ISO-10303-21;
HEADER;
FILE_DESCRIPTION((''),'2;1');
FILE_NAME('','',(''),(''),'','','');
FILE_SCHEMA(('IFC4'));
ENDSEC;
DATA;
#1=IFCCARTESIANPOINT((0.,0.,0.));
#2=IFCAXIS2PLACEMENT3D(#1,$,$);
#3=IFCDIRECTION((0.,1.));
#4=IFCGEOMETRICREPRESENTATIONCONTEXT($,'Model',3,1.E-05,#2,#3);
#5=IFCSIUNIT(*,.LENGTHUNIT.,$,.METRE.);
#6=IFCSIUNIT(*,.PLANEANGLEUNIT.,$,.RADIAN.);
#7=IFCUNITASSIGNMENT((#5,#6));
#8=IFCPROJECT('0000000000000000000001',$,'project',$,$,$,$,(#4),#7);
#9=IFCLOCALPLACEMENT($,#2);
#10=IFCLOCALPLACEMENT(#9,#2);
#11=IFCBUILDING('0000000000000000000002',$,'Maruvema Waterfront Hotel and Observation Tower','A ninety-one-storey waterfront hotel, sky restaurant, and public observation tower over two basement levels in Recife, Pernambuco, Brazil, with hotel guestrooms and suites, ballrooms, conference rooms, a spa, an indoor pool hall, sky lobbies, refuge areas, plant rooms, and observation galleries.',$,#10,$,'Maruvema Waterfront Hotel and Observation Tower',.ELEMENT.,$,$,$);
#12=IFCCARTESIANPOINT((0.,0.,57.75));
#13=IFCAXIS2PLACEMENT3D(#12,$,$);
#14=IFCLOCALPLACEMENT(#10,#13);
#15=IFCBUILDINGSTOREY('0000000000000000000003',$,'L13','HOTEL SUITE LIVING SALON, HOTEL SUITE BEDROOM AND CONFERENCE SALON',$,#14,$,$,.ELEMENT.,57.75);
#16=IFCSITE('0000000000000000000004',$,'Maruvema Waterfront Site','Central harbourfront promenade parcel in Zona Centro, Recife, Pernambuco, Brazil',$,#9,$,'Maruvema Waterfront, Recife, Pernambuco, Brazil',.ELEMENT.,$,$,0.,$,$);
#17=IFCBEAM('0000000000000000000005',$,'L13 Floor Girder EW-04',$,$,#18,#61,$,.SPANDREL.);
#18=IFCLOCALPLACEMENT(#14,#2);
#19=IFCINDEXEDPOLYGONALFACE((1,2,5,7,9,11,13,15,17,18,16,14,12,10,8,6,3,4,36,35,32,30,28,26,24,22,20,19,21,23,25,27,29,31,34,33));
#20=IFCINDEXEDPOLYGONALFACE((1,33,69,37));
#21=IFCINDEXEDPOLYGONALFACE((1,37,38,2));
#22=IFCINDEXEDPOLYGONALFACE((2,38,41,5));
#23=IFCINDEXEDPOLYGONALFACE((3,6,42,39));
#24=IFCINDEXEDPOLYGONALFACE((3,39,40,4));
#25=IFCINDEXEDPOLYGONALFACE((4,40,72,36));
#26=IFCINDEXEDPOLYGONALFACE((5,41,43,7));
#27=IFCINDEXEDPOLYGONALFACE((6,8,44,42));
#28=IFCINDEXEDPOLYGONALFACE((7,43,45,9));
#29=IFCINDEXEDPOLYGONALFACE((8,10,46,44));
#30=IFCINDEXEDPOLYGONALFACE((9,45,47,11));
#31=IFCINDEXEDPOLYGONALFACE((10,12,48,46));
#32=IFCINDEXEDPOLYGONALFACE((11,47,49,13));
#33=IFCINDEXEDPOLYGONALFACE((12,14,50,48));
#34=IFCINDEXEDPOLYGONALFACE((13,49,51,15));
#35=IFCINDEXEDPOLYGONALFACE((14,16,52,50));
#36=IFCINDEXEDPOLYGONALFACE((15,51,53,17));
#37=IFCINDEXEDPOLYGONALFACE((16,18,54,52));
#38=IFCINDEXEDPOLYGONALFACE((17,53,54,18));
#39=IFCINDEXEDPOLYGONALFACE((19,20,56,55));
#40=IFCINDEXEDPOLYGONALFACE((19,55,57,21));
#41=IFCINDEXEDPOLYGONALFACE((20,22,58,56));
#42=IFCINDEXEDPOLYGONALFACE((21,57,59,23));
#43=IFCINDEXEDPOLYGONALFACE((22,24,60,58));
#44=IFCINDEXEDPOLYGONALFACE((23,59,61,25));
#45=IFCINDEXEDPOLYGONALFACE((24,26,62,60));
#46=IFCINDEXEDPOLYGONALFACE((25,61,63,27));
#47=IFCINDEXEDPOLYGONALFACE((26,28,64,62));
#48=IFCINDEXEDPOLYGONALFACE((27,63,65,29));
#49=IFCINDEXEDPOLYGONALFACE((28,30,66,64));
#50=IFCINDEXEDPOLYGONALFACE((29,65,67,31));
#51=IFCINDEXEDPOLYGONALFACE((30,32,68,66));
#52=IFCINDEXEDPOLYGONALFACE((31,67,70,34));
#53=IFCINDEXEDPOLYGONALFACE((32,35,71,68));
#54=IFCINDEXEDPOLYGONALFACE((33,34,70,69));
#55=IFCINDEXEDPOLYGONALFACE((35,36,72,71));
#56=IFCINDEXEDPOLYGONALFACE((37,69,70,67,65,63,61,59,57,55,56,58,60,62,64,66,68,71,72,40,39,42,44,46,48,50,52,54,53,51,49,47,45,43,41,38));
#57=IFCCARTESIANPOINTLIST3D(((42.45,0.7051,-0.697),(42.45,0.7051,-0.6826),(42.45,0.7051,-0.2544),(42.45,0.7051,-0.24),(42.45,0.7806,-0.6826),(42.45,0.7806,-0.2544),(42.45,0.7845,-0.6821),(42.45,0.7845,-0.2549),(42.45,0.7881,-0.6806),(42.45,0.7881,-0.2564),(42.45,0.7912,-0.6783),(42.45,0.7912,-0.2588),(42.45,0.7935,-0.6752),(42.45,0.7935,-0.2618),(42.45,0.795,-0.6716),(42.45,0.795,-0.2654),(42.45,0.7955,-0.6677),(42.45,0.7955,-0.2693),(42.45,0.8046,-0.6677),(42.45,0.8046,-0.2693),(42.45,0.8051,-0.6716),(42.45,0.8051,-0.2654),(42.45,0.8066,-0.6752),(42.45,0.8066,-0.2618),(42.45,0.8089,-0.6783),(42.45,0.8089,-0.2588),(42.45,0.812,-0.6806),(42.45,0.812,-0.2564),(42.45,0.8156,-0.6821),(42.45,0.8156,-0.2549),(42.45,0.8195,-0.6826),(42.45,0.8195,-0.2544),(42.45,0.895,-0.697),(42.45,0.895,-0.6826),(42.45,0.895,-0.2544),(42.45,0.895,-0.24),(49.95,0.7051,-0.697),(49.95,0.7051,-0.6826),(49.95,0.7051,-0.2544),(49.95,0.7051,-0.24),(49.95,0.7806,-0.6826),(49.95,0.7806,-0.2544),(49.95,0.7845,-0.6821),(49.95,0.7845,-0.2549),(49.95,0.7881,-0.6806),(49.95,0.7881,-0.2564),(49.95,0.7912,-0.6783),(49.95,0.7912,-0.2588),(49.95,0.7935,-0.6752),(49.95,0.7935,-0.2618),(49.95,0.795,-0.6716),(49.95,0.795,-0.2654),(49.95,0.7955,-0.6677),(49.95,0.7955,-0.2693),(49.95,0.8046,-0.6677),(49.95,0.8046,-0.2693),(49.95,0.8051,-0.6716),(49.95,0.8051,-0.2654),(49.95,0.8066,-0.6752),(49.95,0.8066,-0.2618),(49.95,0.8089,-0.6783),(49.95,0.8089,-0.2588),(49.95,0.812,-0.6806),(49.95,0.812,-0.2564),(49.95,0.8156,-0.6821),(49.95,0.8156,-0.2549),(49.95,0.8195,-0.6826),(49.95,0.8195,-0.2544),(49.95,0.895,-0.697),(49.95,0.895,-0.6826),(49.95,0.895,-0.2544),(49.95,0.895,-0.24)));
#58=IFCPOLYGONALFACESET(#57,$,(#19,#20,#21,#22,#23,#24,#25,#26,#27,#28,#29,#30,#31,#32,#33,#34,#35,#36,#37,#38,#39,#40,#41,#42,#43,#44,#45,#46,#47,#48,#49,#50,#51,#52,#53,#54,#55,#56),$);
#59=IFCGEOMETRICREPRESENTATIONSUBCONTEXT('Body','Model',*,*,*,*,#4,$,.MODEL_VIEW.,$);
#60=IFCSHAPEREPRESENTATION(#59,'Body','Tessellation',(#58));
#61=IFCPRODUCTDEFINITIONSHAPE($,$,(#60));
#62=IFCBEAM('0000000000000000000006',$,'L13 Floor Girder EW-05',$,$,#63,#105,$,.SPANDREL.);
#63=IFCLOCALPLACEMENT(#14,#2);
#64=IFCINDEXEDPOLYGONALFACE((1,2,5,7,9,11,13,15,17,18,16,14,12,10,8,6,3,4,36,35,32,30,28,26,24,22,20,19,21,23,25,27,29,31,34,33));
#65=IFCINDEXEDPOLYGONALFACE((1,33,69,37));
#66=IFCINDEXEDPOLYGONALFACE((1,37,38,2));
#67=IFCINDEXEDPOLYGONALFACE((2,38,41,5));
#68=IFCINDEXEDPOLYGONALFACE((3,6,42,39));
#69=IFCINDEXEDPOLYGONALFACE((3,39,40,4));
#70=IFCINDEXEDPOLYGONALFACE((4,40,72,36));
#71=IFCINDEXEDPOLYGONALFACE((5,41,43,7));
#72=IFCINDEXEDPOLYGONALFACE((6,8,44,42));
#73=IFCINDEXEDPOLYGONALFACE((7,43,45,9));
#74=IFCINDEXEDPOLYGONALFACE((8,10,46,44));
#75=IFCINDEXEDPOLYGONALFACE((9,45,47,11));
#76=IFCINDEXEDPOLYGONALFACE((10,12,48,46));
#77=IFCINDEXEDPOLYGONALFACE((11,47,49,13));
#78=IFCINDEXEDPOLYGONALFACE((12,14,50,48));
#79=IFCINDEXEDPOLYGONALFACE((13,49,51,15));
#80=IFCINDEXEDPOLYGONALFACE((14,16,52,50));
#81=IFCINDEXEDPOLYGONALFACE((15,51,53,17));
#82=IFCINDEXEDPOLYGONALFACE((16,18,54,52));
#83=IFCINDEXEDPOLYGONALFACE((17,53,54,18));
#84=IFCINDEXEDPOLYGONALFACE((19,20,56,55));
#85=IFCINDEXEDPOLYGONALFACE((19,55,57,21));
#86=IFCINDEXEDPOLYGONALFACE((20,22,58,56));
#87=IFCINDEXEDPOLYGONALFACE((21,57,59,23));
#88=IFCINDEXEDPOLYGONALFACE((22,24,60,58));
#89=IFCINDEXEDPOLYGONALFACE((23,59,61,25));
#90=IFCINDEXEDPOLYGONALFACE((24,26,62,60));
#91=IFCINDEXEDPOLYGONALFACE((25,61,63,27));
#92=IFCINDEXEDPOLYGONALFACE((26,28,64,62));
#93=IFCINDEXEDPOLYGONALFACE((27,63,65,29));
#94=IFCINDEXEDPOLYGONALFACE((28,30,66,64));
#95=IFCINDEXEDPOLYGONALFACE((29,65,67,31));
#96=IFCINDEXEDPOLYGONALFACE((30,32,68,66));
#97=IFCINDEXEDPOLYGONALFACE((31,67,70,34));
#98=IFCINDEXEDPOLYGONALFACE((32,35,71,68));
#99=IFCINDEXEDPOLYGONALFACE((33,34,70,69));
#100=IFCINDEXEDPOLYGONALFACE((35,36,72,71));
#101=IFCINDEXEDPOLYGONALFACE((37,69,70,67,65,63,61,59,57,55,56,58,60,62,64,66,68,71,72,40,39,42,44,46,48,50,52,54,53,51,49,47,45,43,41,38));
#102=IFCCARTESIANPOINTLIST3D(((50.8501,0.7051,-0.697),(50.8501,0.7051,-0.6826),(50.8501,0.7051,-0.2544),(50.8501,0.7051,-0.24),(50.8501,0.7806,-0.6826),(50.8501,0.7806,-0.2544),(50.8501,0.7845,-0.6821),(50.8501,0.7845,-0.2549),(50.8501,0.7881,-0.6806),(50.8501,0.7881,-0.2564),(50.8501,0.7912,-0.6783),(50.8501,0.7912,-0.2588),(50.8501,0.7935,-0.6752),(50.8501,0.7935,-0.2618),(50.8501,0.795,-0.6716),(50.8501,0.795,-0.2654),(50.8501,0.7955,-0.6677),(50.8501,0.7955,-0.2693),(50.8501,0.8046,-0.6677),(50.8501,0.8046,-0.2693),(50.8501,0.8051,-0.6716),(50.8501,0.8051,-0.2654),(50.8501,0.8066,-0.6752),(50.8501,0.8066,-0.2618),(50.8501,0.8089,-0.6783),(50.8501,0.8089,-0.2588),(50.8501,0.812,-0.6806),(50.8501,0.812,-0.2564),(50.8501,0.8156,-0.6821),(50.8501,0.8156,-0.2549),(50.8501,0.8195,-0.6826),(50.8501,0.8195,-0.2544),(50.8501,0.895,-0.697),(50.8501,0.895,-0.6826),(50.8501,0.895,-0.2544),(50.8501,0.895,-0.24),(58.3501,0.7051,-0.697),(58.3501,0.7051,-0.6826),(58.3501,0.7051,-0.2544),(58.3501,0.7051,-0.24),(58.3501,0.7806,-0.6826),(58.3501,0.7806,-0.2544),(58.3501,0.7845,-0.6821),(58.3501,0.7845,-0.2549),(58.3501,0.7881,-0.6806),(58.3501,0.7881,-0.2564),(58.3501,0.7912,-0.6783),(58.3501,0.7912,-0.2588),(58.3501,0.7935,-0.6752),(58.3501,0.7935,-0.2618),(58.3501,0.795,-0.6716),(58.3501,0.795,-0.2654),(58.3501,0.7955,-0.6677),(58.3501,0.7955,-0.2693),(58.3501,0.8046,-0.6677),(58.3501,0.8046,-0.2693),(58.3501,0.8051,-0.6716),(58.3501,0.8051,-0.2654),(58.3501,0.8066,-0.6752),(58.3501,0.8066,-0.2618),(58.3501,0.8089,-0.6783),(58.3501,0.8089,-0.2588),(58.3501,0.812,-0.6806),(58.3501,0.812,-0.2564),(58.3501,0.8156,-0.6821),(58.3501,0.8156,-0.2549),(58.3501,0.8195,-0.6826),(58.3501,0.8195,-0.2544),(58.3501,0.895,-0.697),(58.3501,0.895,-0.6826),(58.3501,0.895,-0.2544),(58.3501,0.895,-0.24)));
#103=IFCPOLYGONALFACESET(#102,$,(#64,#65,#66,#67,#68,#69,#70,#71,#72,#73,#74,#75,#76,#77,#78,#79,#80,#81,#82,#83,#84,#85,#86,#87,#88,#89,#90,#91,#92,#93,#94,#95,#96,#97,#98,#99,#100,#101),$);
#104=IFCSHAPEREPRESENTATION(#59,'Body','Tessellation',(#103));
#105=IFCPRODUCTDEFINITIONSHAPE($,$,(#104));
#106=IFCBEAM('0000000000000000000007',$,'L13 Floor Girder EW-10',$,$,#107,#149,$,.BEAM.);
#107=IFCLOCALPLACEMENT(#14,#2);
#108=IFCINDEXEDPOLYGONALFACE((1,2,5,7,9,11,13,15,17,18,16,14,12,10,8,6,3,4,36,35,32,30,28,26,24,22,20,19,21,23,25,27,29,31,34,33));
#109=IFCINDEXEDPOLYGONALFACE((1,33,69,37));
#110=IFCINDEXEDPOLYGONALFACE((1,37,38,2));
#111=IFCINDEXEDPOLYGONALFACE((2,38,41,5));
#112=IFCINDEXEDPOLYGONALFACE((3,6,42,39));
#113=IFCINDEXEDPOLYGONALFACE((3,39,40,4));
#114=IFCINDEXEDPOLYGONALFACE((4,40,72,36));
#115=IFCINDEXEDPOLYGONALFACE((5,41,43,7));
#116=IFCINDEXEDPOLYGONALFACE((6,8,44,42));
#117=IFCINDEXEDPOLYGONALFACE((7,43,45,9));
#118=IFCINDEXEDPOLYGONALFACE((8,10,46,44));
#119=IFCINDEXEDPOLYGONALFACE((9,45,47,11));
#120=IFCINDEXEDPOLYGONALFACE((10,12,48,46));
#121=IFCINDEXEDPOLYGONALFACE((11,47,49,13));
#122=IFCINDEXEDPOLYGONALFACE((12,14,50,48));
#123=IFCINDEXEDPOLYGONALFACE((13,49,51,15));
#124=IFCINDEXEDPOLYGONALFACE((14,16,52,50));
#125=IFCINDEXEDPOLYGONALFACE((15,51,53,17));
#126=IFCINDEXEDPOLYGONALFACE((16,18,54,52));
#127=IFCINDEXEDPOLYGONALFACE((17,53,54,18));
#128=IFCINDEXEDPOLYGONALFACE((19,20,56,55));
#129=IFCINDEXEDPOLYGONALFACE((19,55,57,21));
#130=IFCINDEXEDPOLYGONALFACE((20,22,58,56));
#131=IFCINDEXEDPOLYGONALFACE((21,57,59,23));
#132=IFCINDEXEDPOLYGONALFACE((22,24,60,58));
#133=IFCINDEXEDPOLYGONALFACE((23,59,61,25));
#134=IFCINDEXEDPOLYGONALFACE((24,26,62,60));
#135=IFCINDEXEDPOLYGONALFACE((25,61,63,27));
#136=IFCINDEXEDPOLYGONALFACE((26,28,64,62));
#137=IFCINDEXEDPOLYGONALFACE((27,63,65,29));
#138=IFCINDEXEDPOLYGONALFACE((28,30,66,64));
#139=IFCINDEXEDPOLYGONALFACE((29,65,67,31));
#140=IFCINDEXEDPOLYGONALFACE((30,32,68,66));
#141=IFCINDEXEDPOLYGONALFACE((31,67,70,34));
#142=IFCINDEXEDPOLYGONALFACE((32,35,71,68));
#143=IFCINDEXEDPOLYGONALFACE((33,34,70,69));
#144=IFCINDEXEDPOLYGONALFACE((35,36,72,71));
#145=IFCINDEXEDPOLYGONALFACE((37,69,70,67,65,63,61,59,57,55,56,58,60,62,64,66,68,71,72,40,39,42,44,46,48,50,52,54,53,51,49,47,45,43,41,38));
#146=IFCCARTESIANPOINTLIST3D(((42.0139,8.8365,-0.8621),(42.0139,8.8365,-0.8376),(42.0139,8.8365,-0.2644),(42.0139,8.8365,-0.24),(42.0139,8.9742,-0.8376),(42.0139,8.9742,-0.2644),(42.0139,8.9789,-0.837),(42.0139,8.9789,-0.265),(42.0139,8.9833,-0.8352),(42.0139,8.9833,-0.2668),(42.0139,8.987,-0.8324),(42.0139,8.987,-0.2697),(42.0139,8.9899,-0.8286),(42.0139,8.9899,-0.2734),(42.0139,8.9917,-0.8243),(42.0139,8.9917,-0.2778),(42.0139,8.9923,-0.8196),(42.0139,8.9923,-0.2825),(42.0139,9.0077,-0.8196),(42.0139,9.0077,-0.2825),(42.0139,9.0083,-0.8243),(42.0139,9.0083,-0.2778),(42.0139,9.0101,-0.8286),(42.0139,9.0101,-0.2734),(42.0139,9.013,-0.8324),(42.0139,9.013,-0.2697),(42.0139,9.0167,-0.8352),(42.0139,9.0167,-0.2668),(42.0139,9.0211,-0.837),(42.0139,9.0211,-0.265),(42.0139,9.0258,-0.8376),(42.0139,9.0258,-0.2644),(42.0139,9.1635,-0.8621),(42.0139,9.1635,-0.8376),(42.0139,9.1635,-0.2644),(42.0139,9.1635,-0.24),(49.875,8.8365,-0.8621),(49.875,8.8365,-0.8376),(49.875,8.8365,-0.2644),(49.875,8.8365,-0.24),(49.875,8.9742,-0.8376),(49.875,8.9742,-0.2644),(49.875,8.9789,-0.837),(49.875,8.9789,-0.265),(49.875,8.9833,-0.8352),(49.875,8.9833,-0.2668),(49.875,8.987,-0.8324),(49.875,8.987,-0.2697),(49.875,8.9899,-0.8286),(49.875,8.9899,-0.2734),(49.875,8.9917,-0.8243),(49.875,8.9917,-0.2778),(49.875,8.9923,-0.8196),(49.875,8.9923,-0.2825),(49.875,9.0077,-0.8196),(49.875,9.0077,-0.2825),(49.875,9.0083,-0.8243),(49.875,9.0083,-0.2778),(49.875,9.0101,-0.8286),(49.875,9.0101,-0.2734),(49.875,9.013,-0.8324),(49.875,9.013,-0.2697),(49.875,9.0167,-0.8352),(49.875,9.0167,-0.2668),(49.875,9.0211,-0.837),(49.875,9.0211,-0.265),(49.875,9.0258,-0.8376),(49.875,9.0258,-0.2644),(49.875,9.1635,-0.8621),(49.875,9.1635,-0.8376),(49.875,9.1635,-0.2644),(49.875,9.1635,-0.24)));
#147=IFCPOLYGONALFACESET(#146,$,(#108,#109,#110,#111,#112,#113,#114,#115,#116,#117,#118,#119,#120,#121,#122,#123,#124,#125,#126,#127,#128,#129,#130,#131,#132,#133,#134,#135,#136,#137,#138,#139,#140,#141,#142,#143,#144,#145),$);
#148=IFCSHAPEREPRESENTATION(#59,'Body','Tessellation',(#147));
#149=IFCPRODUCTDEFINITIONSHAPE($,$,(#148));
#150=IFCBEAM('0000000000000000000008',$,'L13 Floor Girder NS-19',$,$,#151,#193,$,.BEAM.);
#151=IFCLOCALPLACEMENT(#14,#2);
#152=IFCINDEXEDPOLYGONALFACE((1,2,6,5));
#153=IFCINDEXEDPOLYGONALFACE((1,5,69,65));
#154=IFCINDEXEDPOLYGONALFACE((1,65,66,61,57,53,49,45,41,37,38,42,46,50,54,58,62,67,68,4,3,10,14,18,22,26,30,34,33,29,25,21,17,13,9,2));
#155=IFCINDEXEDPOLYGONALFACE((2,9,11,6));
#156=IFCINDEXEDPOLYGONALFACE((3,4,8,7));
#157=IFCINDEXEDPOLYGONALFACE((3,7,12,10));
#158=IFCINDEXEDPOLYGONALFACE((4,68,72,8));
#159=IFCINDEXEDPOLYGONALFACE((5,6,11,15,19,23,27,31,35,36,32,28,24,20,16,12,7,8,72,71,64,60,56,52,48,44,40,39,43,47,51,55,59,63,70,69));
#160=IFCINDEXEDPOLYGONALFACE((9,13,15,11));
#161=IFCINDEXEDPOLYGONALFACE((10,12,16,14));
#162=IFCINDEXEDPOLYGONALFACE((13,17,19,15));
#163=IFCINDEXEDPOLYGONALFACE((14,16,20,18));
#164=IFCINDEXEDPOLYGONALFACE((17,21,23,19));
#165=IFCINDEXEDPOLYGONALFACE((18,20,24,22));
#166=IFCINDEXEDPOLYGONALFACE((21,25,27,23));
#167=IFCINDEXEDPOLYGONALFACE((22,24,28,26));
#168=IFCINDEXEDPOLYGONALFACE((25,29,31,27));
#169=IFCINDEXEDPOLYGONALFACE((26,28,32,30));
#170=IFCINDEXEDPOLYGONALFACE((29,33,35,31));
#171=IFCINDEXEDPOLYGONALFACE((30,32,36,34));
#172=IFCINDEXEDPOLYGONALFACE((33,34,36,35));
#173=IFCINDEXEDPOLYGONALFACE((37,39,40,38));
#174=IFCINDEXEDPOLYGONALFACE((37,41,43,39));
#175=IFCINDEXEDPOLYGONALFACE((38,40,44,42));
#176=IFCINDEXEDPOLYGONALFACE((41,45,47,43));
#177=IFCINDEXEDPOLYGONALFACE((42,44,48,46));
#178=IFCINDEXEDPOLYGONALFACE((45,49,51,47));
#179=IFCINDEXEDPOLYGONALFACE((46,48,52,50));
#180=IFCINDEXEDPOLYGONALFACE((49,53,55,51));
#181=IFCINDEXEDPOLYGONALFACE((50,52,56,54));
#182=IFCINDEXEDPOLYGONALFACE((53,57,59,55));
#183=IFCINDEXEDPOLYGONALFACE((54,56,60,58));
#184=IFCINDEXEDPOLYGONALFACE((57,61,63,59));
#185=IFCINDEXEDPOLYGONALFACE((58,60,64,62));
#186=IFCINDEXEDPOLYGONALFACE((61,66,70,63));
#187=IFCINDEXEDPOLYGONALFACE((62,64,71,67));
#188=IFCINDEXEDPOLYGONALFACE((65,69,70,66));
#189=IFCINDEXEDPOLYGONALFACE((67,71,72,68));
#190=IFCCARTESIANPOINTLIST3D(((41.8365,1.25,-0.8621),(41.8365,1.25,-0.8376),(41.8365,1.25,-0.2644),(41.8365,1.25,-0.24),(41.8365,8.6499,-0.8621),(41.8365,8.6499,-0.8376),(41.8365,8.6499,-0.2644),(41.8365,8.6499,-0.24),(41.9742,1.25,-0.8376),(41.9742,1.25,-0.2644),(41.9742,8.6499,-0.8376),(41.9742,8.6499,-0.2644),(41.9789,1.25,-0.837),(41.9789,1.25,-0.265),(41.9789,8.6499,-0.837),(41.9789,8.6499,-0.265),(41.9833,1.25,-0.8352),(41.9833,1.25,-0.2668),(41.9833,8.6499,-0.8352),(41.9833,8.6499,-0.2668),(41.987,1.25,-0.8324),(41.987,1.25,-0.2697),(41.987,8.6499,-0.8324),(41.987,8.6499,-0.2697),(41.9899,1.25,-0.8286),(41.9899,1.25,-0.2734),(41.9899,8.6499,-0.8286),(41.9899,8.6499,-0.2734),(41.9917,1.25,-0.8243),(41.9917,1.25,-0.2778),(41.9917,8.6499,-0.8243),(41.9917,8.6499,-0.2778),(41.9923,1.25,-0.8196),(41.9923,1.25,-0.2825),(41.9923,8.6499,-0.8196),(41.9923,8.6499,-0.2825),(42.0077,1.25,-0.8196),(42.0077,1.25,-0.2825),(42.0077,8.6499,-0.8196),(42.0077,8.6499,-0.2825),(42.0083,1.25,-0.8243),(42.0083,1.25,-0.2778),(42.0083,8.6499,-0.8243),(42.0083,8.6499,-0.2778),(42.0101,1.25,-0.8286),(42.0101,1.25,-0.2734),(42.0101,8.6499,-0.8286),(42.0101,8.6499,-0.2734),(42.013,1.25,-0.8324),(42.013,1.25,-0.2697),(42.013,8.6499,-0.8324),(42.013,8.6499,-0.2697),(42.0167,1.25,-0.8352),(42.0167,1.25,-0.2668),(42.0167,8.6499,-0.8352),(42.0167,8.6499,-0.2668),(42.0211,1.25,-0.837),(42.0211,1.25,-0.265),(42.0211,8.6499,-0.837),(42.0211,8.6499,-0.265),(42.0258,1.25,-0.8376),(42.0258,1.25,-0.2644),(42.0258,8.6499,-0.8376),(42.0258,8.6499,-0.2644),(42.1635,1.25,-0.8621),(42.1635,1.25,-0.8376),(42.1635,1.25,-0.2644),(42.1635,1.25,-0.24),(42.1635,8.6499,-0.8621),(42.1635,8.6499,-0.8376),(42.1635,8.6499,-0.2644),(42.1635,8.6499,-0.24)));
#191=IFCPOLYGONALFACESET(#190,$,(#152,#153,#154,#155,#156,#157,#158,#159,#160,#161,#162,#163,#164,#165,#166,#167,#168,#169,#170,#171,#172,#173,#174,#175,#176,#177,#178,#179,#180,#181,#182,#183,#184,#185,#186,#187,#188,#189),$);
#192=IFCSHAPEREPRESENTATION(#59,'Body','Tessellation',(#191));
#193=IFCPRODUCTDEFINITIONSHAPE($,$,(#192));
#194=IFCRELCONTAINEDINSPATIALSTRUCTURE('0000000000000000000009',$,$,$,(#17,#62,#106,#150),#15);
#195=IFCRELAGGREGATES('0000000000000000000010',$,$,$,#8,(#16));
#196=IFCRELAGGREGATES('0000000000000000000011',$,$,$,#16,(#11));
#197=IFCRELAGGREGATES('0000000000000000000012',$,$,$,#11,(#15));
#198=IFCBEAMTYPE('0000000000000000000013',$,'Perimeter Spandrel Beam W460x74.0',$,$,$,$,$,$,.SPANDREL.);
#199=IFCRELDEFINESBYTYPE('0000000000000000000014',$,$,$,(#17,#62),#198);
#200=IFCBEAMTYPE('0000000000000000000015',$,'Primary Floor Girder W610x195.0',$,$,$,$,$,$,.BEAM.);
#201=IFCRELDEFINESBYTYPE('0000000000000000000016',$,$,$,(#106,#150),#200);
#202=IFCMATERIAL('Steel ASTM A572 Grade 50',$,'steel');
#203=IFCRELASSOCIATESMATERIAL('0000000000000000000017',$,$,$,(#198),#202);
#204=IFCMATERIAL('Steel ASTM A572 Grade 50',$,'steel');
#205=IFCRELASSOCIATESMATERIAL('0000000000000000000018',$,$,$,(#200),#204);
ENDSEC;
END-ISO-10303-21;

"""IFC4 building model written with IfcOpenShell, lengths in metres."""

from ifc_helpers import new_model, si_unit, direction, frame, origin, origin_2d, place, context, subcontext, project, spatial, i_section, extrude, material, material_profile, profile_set, type_object, element, save


model = new_model("IFC4")

# Units and contexts
model_context = context("Model", 3, precision=1e-05, world=origin(), true_north=direction((0.0, 1.0)))
body_context = subcontext(model_context, "Body", "Model", "MODEL_VIEW")
ifc_project = project(units=[si_unit("LENGTHUNIT", "METRE"), si_unit("PLANEANGLEUNIT", "RADIAN")], contexts=[model_context])

# Site, building, storey
site_placement = place(None, origin())
site = spatial("IfcSite", under=ifc_project, at=site_placement, Name="Maruvema Waterfront Site", Description="Central harbourfront promenade parcel in Zona Centro, Recife, Pernambuco, Brazil", LongName="Maruvema Waterfront, Recife, Pernambuco, Brazil", CompositionType="ELEMENT", RefElevation=0.0)
building_placement = place(site_placement, origin())
building = spatial("IfcBuilding", under=site, at=building_placement, Name="Maruvema Waterfront Hotel and Observation Tower", Description="A ninety-one-storey waterfront hotel, sky restaurant, and public observation tower over two basement levels in Recife, Pernambuco, Brazil, with hotel guestrooms and suites, ballrooms, conference rooms, a spa, an indoor pool hall, sky lobbies, refuge areas, plant rooms, and observation galleries.", LongName="Maruvema Waterfront Hotel and Observation Tower", CompositionType="ELEMENT")
storey_placement = place(building_placement, frame((0.0, 0.0, 57.75)))
storey = spatial("IfcBuildingStorey", under=building, at=storey_placement, Name="L13", Description="HOTEL SUITE LIVING SALON, HOTEL SUITE BEDROOM AND CONFERENCE SALON", CompositionType="ELEMENT", Elevation=57.75)

# Beams
ifc_material_1 = material(Name="Steel ASTM A572 Grade 50", Category="steel")
ifc_material_profile_1 = material_profile(ifc_material_1, i_section(OverallWidth=0.1899, OverallDepth=0.457, WebThickness=0.009, FlangeThickness=0.0144, FilletRadius=0.0149, at=origin_2d()), Name="W460x74.0")
ifc_profile_set_1 = profile_set([ifc_material_profile_1], Name="Steel ASTM A572 Grade 50")
beam_type_1 = type_object("IfcBeamType", Name="Perimeter Spandrel Beam W460x74.0", PredefinedType="SPANDREL", material=ifc_profile_set_1)
for number, where, z_axis, x_axis, name in (
    (1, (42.45, 0.8, -0.4685), (1.0, 0.0, 0.0), (0.0, 1.0, 0.0), "L13 Floor Girder EW-04"),
    (2, (50.8501, 0.8, -0.4685), (1.0, 0.0, 0.0), (0.0, 1.0, 0.0), "L13 Floor Girder EW-05"),
):
    element("IfcBeam", number, at=place(storey_placement, frame(where, z_axis=z_axis, x_axis=x_axis)), inside=storey, type_object=beam_type_1, Name=name, PredefinedType="SPANDREL", context=body_context, shape_type="SweptSolid", body=[
        extrude(i_section(OverallWidth=0.1899, OverallDepth=0.457, WebThickness=0.009, FlangeThickness=0.0144, FilletRadius=0.0149, at=origin_2d()), origin(), (0.0, 0.0, 1.0), 7.5),
    ])
ifc_material_2 = material(Name="Steel ASTM A572 Grade 50", Category="steel")
ifc_material_profile_2 = material_profile(ifc_material_2, i_section(OverallWidth=0.3269, OverallDepth=0.6221, WebThickness=0.0154, FlangeThickness=0.0244, FilletRadius=0.0181, at=origin_2d()), Name="W610x195.0")
ifc_profile_set_2 = profile_set([ifc_material_profile_2], Name="Steel ASTM A572 Grade 50")
beam_type_2 = type_object("IfcBeamType", Name="Primary Floor Girder W610x195.0", PredefinedType="BEAM", material=ifc_profile_set_2)
beam_1_placement = place(storey_placement, frame((42.0139, 9.0, -0.551), z_axis=(1.0, 0.0, 0.0), x_axis=(0.0, 1.0, 0.0)))
element("IfcBeam", 3, at=beam_1_placement, inside=storey, type_object=beam_type_2, Name="L13 Floor Girder EW-10", PredefinedType="BEAM", context=body_context, shape_type="SweptSolid", body=[
    extrude(i_section(OverallWidth=0.3269, OverallDepth=0.6221, WebThickness=0.0154, FlangeThickness=0.0244, FilletRadius=0.0181, at=origin_2d()), origin(), (0.0, 0.0, 1.0), 7.8611),
])
beam_2_placement = place(storey_placement, frame((42.0, 1.25, -0.551), z_axis=(0.0, 1.0, 0.0), x_axis=(-1.0, 0.0, 0.0)))
element("IfcBeam", 4, at=beam_2_placement, inside=storey, type_object=beam_type_2, Name="L13 Floor Girder NS-19", PredefinedType="BEAM", context=body_context, shape_type="SweptSolid", body=[
    extrude(i_section(OverallWidth=0.3269, OverallDepth=0.6221, WebThickness=0.0154, FlangeThickness=0.0244, FilletRadius=0.0181, at=origin_2d()), origin(), (0.0, 0.0, 1.0), 7.3999),
])

save(model, "model.ifc")
